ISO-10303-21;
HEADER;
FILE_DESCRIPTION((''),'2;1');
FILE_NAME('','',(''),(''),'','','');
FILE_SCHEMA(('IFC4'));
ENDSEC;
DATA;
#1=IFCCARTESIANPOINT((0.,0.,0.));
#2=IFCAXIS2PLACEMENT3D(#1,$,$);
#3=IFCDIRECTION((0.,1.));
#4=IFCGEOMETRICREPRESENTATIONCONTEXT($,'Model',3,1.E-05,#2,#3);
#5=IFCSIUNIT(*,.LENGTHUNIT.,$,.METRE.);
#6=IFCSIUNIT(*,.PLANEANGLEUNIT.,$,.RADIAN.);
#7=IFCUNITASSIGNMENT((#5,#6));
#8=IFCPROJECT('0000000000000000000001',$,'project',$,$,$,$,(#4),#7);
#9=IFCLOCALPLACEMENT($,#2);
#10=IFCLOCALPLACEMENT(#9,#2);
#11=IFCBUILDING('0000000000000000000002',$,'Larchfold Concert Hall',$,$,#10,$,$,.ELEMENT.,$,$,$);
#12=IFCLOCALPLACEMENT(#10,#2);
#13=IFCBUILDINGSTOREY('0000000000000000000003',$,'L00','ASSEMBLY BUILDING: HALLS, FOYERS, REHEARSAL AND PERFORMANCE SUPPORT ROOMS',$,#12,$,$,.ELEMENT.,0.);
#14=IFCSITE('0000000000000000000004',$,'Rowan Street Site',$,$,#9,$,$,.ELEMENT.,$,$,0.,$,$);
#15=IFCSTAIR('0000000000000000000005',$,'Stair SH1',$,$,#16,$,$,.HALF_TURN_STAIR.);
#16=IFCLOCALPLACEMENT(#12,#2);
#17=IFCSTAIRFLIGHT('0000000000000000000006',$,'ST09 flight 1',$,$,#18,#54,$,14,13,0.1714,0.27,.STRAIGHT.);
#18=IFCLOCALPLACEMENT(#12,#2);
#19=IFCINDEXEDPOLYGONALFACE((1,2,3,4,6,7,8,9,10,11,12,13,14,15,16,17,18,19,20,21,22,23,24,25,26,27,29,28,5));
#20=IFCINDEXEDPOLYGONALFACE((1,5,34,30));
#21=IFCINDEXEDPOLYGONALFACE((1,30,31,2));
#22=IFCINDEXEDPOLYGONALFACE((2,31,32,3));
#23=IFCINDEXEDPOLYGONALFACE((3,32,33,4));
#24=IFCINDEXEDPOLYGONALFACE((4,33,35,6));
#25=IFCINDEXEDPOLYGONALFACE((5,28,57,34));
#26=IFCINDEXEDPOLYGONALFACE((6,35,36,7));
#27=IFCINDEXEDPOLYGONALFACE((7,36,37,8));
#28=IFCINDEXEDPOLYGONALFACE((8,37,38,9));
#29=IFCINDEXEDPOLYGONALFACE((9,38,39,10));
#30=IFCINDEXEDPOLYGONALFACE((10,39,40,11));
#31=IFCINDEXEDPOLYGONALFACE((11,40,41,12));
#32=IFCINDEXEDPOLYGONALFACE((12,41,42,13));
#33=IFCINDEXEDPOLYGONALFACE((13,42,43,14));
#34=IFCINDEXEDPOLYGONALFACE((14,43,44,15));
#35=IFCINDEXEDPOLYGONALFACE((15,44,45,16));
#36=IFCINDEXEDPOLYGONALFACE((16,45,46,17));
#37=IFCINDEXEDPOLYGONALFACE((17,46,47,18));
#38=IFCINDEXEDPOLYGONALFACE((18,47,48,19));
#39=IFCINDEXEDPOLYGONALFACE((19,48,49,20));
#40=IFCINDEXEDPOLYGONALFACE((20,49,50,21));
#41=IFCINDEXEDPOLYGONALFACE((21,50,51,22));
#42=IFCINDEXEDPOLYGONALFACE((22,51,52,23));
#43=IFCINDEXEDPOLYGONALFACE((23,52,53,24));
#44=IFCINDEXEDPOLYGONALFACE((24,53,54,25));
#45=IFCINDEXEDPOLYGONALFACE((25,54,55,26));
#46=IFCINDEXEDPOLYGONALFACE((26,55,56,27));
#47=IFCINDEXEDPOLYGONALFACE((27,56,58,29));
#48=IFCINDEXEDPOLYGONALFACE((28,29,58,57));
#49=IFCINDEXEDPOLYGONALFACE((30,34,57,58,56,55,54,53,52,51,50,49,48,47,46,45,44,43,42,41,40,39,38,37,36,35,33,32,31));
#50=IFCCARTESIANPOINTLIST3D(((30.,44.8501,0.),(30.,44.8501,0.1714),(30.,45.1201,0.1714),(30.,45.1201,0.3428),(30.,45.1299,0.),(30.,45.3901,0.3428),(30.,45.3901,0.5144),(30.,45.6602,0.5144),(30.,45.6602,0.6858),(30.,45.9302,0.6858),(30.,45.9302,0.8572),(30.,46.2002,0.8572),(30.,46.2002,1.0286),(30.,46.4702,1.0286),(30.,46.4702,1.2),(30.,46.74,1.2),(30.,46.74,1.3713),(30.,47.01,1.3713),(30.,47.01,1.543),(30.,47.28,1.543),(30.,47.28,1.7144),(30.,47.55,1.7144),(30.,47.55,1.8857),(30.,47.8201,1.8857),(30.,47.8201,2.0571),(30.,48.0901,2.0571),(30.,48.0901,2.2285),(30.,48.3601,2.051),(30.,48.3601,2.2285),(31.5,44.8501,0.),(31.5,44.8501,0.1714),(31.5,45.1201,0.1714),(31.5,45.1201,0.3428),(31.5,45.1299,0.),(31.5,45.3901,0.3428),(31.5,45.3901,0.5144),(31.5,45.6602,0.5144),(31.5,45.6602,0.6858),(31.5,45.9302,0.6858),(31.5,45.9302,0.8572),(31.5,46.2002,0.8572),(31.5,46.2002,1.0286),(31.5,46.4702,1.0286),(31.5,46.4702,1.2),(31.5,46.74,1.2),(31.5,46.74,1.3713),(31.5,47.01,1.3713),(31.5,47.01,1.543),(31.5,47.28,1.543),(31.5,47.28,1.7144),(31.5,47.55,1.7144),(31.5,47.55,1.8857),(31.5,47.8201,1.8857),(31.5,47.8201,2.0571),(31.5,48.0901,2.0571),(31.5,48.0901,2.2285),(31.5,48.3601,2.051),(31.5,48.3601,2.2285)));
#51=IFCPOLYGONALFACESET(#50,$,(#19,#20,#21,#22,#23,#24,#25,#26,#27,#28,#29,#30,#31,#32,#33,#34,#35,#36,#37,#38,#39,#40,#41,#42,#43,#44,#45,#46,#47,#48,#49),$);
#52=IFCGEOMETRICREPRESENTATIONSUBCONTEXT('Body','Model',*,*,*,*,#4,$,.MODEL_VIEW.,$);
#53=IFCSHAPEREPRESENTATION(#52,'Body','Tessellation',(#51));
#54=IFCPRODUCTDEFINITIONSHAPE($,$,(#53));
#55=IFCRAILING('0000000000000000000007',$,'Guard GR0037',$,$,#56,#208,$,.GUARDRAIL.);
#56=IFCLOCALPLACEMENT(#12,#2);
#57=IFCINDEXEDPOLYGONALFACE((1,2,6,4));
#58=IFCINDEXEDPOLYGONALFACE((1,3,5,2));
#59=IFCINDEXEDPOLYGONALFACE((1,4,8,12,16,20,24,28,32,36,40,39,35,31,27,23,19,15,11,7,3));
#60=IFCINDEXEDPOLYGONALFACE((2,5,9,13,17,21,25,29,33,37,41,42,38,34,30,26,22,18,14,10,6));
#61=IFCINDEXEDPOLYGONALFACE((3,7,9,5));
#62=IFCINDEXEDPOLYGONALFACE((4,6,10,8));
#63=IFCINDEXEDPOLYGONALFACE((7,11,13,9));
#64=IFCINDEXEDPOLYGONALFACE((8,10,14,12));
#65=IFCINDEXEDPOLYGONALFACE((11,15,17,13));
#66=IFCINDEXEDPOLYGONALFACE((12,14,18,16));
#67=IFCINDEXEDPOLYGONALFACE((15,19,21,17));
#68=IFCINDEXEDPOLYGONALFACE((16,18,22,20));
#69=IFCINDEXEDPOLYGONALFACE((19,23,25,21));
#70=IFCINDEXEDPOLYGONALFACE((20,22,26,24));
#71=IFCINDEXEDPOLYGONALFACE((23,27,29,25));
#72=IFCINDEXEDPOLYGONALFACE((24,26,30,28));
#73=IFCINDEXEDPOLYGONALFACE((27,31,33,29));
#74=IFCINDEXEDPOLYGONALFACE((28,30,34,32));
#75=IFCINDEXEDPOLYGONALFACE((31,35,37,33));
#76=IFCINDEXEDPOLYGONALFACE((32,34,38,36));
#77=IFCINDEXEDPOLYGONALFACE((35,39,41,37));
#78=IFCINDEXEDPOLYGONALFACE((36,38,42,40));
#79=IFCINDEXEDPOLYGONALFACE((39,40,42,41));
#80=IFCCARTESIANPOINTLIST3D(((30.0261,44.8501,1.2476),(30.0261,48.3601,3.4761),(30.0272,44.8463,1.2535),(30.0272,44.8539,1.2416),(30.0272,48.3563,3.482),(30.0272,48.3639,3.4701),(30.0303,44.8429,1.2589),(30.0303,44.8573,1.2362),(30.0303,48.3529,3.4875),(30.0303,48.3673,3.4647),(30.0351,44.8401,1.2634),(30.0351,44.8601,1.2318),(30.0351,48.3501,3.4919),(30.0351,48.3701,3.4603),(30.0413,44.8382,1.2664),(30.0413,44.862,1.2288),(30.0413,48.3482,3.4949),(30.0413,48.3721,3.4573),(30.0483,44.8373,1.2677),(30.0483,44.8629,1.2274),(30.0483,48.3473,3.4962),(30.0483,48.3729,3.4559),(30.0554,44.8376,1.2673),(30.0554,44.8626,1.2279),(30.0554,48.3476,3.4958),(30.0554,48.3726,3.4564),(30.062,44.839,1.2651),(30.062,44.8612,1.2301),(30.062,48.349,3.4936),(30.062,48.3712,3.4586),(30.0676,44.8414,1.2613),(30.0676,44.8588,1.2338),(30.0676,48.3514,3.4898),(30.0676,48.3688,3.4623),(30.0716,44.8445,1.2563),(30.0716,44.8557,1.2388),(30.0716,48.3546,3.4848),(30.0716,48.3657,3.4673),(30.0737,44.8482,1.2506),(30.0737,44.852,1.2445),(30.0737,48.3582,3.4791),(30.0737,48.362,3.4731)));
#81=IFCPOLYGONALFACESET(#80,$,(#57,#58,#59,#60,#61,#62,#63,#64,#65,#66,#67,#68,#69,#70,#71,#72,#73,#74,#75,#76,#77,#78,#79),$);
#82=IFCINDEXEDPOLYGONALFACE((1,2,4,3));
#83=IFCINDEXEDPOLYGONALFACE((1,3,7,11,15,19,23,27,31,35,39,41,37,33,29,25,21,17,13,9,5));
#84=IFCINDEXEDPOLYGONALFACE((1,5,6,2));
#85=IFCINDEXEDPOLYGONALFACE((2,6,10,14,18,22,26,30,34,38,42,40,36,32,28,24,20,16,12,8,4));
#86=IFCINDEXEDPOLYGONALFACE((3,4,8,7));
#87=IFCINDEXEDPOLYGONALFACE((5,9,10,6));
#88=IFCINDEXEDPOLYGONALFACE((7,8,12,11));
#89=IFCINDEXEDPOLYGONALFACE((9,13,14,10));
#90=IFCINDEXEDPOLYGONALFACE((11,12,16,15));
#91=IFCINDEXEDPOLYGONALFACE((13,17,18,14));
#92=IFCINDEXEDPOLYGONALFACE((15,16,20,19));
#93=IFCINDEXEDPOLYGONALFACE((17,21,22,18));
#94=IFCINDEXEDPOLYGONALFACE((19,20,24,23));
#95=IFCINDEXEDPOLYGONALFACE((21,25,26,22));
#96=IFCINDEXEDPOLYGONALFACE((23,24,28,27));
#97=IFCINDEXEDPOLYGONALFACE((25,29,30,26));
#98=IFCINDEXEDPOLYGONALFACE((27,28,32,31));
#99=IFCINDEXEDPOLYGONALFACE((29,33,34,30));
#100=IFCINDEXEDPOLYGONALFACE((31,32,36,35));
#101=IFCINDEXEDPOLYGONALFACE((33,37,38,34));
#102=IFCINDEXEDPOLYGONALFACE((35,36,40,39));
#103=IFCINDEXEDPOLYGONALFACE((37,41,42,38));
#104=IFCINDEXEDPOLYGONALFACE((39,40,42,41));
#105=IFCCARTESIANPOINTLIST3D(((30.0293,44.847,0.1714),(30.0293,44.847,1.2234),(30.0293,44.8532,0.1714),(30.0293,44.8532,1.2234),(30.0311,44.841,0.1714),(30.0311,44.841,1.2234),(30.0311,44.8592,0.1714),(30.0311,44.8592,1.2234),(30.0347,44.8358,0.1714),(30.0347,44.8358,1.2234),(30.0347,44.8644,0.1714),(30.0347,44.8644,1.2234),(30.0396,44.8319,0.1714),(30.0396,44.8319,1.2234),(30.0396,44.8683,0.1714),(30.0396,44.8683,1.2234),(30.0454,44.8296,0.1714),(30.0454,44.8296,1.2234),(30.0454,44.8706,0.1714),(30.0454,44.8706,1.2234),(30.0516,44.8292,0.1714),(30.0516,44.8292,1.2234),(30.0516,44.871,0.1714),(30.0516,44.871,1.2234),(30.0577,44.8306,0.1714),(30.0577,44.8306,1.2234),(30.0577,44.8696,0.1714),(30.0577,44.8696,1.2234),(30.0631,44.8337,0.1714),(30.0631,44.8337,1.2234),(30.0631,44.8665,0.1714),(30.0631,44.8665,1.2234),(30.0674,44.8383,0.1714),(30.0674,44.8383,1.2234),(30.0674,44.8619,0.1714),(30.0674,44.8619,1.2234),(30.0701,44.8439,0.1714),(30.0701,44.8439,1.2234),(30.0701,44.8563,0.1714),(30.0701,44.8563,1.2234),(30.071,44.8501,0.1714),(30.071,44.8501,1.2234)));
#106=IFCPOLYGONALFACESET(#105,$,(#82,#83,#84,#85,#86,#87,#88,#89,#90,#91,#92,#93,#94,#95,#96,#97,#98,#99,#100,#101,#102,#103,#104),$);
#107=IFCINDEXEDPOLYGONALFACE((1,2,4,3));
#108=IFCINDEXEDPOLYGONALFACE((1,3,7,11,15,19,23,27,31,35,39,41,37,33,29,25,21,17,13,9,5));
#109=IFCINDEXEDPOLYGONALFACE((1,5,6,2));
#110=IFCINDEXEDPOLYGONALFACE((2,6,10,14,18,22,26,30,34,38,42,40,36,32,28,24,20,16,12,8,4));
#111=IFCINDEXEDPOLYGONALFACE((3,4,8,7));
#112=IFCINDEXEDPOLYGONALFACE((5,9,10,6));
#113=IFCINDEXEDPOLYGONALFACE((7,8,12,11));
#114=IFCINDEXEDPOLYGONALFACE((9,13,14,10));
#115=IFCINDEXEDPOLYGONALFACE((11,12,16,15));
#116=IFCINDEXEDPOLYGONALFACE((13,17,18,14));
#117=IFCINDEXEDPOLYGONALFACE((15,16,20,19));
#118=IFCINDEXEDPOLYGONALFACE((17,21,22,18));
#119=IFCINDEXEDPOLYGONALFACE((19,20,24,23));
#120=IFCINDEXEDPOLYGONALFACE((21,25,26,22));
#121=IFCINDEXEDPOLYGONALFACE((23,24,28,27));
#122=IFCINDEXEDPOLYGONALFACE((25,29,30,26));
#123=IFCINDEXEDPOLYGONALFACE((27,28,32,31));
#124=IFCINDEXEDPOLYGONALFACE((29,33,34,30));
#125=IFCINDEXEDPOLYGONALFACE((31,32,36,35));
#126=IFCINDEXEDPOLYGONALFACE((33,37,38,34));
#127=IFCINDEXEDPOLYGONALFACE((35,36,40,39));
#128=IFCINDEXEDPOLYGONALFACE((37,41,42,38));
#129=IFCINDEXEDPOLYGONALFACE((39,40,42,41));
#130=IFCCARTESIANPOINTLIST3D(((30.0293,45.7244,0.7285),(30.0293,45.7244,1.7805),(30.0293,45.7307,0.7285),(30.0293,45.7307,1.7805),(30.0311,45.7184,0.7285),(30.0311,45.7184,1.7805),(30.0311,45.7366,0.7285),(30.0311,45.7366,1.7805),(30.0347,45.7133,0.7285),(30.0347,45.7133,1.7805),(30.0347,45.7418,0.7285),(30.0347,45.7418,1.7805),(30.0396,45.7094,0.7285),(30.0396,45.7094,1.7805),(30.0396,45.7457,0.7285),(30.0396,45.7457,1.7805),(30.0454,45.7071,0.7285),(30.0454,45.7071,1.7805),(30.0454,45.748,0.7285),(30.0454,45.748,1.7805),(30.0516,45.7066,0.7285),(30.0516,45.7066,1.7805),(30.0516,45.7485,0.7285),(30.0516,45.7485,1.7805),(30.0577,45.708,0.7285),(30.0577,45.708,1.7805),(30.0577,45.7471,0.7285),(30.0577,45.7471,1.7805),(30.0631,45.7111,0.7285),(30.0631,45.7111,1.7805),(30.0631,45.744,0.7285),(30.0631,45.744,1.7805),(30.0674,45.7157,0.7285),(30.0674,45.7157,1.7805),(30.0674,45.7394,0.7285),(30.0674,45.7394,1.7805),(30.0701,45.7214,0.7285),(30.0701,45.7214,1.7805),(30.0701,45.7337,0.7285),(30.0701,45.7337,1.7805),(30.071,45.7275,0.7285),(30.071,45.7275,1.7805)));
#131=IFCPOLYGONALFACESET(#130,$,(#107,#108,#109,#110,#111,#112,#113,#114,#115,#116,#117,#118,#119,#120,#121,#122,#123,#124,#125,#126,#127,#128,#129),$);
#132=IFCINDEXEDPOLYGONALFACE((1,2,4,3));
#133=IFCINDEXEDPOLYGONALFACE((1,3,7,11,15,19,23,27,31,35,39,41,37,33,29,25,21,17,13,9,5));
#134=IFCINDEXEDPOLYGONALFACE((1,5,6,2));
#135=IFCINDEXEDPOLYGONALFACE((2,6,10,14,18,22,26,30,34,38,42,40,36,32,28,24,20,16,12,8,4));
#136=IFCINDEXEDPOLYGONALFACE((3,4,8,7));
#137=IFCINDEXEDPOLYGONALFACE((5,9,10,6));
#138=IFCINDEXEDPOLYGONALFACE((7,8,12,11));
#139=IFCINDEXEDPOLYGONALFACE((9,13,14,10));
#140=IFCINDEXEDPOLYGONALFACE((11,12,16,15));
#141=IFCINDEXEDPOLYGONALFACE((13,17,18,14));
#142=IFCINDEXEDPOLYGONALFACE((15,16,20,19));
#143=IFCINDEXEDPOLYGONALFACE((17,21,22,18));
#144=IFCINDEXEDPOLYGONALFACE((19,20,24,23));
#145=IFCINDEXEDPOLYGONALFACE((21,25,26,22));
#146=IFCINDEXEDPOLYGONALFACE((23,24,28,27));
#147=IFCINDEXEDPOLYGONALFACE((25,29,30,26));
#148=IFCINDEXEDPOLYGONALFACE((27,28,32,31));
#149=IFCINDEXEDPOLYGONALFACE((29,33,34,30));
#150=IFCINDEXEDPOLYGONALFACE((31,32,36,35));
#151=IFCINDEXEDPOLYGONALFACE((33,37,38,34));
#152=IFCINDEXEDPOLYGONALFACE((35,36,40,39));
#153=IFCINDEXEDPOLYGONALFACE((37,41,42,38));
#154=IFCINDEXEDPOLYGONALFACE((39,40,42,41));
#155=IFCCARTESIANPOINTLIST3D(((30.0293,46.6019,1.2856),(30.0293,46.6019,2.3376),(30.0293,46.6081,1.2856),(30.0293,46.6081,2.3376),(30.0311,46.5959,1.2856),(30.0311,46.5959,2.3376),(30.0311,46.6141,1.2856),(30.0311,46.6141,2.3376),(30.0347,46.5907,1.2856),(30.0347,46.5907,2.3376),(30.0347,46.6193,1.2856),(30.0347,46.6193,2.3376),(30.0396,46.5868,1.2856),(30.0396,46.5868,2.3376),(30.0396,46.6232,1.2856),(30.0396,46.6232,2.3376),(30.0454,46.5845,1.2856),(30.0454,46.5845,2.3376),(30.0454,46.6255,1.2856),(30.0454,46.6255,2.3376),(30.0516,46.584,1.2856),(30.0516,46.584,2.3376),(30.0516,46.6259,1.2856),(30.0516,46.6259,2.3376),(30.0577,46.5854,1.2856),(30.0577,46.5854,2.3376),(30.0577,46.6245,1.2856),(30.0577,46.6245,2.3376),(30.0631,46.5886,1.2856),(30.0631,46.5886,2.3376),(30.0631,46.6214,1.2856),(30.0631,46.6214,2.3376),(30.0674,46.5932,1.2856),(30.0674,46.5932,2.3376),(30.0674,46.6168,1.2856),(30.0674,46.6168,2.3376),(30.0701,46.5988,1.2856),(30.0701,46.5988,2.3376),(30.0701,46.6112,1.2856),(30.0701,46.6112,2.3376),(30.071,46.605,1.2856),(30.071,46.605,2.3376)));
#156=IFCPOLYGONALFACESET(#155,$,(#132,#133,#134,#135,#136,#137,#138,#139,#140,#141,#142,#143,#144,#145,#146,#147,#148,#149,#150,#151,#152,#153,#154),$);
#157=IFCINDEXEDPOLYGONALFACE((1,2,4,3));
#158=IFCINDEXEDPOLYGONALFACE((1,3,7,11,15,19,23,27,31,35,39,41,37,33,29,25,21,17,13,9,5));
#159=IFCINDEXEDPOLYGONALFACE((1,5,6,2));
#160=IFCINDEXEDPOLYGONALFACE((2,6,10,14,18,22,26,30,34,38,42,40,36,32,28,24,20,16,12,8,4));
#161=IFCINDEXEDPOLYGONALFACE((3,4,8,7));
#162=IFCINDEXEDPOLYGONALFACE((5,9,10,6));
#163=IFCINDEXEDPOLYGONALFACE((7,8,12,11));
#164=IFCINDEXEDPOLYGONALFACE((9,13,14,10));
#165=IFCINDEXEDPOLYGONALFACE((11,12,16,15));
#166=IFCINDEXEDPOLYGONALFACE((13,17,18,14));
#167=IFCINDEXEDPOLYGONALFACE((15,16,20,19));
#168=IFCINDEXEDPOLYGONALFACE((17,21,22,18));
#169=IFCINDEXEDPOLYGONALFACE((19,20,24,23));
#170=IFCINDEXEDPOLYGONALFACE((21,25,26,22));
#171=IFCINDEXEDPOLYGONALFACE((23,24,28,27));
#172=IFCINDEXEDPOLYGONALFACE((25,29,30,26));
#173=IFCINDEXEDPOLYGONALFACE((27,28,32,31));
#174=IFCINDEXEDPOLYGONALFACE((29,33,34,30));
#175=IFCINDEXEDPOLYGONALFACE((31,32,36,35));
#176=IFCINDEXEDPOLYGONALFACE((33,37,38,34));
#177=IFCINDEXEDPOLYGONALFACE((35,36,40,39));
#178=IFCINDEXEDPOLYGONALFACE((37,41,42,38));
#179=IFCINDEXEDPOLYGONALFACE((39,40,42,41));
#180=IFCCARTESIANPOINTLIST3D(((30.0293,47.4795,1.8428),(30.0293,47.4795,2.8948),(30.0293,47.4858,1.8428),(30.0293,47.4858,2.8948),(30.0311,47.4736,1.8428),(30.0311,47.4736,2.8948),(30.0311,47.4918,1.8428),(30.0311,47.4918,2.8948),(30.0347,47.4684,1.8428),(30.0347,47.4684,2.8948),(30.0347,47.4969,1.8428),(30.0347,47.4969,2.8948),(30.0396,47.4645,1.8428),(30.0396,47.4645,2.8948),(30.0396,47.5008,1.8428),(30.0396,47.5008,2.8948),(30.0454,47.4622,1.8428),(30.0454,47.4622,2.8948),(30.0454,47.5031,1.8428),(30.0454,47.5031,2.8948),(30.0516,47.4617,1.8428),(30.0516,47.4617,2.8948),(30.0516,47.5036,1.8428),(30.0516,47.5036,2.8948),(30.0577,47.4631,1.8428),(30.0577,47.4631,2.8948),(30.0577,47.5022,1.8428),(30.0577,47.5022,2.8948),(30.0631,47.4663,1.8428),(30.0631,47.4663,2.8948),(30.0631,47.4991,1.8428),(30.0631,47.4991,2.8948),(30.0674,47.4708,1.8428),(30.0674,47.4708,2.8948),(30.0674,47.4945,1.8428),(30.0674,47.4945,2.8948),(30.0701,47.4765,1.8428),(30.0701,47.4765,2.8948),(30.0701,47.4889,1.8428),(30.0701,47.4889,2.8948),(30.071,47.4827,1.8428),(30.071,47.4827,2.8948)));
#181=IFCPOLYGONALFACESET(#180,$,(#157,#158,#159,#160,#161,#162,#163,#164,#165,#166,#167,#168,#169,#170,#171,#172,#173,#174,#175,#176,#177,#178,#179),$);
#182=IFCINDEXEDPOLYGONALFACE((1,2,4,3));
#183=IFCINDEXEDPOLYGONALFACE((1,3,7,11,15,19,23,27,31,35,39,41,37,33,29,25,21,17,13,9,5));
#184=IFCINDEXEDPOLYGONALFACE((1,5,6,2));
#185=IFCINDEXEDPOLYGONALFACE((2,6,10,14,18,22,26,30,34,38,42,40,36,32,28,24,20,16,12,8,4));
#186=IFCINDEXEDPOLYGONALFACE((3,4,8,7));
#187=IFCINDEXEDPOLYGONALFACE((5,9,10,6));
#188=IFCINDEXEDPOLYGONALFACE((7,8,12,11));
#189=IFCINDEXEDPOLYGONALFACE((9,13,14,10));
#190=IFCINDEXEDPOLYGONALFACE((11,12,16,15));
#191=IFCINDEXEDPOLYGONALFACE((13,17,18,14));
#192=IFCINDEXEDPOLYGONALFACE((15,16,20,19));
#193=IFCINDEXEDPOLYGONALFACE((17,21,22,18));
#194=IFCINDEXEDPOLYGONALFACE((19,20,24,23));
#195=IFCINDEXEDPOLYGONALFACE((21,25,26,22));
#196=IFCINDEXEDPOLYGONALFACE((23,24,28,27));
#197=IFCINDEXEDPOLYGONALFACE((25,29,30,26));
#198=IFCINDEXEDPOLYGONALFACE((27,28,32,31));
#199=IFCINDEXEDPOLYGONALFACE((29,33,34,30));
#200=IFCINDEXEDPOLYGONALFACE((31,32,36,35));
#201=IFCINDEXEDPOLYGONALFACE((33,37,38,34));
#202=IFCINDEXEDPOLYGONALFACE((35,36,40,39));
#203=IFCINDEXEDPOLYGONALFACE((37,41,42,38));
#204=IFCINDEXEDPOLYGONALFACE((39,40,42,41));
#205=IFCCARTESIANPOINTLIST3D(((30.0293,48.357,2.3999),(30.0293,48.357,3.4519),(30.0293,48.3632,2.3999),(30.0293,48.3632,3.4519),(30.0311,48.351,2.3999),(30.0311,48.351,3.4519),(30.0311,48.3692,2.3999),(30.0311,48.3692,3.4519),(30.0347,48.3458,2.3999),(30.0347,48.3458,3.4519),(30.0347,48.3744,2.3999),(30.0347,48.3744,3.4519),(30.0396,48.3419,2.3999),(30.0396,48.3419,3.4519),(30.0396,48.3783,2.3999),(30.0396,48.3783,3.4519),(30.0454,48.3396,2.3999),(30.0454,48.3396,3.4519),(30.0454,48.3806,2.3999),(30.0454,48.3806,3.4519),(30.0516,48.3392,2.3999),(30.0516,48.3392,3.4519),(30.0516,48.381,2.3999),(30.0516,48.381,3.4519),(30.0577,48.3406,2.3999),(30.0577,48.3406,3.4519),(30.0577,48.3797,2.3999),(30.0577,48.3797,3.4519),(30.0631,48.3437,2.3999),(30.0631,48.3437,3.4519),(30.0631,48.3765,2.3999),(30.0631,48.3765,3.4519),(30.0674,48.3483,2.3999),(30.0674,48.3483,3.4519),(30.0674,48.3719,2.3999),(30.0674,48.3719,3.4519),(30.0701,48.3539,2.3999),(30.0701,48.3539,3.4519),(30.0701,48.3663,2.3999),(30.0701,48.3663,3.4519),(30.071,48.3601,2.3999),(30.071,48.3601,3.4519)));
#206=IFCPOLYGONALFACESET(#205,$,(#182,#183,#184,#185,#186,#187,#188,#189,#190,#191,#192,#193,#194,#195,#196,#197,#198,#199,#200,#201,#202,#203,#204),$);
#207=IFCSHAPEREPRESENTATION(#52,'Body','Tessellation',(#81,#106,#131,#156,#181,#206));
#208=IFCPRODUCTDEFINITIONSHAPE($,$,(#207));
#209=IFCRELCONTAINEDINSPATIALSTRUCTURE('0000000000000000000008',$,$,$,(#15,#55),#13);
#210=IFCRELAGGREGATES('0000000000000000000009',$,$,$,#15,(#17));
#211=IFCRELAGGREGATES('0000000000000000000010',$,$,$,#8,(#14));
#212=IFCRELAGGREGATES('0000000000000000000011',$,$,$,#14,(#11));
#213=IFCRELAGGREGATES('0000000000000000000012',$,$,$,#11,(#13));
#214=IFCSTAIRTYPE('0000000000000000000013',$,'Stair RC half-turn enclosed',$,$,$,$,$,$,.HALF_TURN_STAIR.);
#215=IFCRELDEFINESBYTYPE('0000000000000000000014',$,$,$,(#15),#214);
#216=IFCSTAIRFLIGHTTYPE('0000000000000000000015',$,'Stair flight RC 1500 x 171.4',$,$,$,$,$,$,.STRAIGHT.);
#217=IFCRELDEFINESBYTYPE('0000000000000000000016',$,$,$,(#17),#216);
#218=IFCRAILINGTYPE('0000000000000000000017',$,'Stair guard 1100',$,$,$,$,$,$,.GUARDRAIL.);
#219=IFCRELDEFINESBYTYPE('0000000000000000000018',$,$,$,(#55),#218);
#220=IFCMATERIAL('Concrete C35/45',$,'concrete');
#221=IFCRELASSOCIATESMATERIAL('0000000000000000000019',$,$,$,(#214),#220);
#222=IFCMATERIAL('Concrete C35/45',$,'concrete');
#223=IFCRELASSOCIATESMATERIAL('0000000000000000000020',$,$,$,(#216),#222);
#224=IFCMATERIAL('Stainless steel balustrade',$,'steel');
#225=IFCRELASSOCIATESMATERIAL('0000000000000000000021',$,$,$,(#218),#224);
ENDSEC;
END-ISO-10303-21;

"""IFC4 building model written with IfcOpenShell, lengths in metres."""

from ifc_helpers import new_model, si_unit, direction, frame, origin, origin_2d, place, context, subcontext, project, spatial, polyline, circle, outline, extrude, material, type_object, element, aggregate, save


model = new_model("IFC4")

# Units and contexts
model_context = context("Model", 3, precision=1e-05, world=origin(), true_north=direction((0.0, 1.0)))
body_context = subcontext(model_context, "Body", "Model", "MODEL_VIEW")
ifc_project = project(units=[si_unit("LENGTHUNIT", "METRE"), si_unit("PLANEANGLEUNIT", "RADIAN")], contexts=[model_context])

# Site, building, storey
site_placement = place(None, origin())
site = spatial("IfcSite", under=ifc_project, at=site_placement, Name="Rowan Street Site", CompositionType="ELEMENT", RefElevation=0.0)
building_placement = place(site_placement, origin())
building = spatial("IfcBuilding", under=site, at=building_placement, Name="Larchfold Concert Hall", CompositionType="ELEMENT")
storey_placement = place(building_placement, origin())
storey = spatial("IfcBuildingStorey", under=building, at=storey_placement, Name="L00", Description="ASSEMBLY BUILDING: HALLS, FOYERS, REHEARSAL AND PERFORMANCE SUPPORT ROOMS", CompositionType="ELEMENT", Elevation=0.0)

# Stair, stair flight
ifc_material_1 = material(Name="Concrete C35/45", Category="concrete")
stair_type = type_object("IfcStairType", Name="Stair RC half-turn enclosed", PredefinedType="HALF_TURN_STAIR", material=ifc_material_1)
stair_placement = place(storey_placement, origin())
stair = element("IfcStair", 1, at=stair_placement, inside=storey, type_object=stair_type, Name="Stair SH1", PredefinedType="HALF_TURN_STAIR")
ifc_material_2 = material(Name="Concrete C35/45", Category="concrete")
stair_flight_type = type_object("IfcStairFlightType", Name="Stair flight RC 1500 x 171.4", PredefinedType="STRAIGHT", material=ifc_material_2)
stair_flight_placement = place(storey_placement, frame((30.75, 44.8501, 0.0), z_axis=(0.0, 0.0, 1.0), x_axis=(0.0, 1.0, 0.0)))
stair_flight = element("IfcStairFlight", 2, at=stair_flight_placement, type_object=stair_flight_type, Name="ST09 flight 1", NumberOfRisers=14, NumberOfTreads=13, PredefinedType="STRAIGHT", RiserHeight=0.1714, TreadLength=0.27, context=body_context, shape_type="SweptSolid", body=[
    extrude(outline(polyline([(0.0, 0.0), (0.0, 0.1714), (0.27, 0.1714), (0.27, 0.3428), (0.54, 0.3428), (0.54, 0.5144), (0.8101, 0.5144), (0.8101, 0.6858), (1.0801, 0.6858), (1.0801, 0.8572), (1.3501, 0.8572), (1.3501, 1.0286), (1.6201, 1.0286), (1.6201, 1.2), (1.8899, 1.2), (1.8899, 1.3713), (2.1599, 1.3713), (2.1599, 1.543), (2.4299, 1.543), (2.4299, 1.7144), (2.7, 1.7144), (2.7, 1.8857), (2.97, 1.8857), (2.97, 2.0571), (3.24, 2.0571), (3.24, 2.2285), (3.51, 2.2285), (3.51, 2.3999), (3.51, 2.051), (0.2798, 0.0), (0.0, 0.0)])), frame((0.0, 0.75, 0.0), z_axis=(0.0, -1.0, 0.0), x_axis=(1.0, 0.0, 0.0)), (0.0, 0.0, 1.0), 1.5),
])
aggregate(stair, [stair_flight])

# Railing
ifc_material_3 = material(Name="Stainless steel balustrade", Category="steel")
railing_type_1 = type_object("IfcRailingType", Name="Stair guard 1100", PredefinedType="GUARDRAIL", material=ifc_material_3)
railing_1_placement = place(storey_placement, frame((30.05, 44.8501, 0.1714)))
element("IfcRailing", 3, at=railing_1_placement, inside=storey, type_object=railing_type_1, Name="Guard GR0037", PredefinedType="GUARDRAIL", context=body_context, shape_type="SweptSolid", body=[
    extrude(circle(Radius=0.0239, at=origin_2d()), frame((0.0, 0.0, 1.0762), z_axis=(0.0, 0.84422, 0.535998), x_axis=(-1.0, 0.0, 0.0)), (0.0, 0.0, 1.0), 4.1577),
    extrude(circle(Radius=0.021, at=origin_2d()), origin(), (0.0, 0.0, 1.0), 1.052),
    extrude(circle(Radius=0.021, at=origin_2d()), frame((0.0, 0.8774, 0.5571)), (0.0, 0.0, 1.0), 1.052),
    extrude(circle(Radius=0.021, at=origin_2d()), frame((0.0, 1.7549, 1.1143)), (0.0, 0.0, 1.0), 1.052),
    extrude(circle(Radius=0.021, at=origin_2d()), frame((0.0, 2.6326, 1.6714)), (0.0, 0.0, 1.0), 1.052),
    extrude(circle(Radius=0.021, at=origin_2d()), frame((0.0, 3.51, 2.2285)), (0.0, 0.0, 1.0), 1.052),
])

save(model, "model.ifc")
